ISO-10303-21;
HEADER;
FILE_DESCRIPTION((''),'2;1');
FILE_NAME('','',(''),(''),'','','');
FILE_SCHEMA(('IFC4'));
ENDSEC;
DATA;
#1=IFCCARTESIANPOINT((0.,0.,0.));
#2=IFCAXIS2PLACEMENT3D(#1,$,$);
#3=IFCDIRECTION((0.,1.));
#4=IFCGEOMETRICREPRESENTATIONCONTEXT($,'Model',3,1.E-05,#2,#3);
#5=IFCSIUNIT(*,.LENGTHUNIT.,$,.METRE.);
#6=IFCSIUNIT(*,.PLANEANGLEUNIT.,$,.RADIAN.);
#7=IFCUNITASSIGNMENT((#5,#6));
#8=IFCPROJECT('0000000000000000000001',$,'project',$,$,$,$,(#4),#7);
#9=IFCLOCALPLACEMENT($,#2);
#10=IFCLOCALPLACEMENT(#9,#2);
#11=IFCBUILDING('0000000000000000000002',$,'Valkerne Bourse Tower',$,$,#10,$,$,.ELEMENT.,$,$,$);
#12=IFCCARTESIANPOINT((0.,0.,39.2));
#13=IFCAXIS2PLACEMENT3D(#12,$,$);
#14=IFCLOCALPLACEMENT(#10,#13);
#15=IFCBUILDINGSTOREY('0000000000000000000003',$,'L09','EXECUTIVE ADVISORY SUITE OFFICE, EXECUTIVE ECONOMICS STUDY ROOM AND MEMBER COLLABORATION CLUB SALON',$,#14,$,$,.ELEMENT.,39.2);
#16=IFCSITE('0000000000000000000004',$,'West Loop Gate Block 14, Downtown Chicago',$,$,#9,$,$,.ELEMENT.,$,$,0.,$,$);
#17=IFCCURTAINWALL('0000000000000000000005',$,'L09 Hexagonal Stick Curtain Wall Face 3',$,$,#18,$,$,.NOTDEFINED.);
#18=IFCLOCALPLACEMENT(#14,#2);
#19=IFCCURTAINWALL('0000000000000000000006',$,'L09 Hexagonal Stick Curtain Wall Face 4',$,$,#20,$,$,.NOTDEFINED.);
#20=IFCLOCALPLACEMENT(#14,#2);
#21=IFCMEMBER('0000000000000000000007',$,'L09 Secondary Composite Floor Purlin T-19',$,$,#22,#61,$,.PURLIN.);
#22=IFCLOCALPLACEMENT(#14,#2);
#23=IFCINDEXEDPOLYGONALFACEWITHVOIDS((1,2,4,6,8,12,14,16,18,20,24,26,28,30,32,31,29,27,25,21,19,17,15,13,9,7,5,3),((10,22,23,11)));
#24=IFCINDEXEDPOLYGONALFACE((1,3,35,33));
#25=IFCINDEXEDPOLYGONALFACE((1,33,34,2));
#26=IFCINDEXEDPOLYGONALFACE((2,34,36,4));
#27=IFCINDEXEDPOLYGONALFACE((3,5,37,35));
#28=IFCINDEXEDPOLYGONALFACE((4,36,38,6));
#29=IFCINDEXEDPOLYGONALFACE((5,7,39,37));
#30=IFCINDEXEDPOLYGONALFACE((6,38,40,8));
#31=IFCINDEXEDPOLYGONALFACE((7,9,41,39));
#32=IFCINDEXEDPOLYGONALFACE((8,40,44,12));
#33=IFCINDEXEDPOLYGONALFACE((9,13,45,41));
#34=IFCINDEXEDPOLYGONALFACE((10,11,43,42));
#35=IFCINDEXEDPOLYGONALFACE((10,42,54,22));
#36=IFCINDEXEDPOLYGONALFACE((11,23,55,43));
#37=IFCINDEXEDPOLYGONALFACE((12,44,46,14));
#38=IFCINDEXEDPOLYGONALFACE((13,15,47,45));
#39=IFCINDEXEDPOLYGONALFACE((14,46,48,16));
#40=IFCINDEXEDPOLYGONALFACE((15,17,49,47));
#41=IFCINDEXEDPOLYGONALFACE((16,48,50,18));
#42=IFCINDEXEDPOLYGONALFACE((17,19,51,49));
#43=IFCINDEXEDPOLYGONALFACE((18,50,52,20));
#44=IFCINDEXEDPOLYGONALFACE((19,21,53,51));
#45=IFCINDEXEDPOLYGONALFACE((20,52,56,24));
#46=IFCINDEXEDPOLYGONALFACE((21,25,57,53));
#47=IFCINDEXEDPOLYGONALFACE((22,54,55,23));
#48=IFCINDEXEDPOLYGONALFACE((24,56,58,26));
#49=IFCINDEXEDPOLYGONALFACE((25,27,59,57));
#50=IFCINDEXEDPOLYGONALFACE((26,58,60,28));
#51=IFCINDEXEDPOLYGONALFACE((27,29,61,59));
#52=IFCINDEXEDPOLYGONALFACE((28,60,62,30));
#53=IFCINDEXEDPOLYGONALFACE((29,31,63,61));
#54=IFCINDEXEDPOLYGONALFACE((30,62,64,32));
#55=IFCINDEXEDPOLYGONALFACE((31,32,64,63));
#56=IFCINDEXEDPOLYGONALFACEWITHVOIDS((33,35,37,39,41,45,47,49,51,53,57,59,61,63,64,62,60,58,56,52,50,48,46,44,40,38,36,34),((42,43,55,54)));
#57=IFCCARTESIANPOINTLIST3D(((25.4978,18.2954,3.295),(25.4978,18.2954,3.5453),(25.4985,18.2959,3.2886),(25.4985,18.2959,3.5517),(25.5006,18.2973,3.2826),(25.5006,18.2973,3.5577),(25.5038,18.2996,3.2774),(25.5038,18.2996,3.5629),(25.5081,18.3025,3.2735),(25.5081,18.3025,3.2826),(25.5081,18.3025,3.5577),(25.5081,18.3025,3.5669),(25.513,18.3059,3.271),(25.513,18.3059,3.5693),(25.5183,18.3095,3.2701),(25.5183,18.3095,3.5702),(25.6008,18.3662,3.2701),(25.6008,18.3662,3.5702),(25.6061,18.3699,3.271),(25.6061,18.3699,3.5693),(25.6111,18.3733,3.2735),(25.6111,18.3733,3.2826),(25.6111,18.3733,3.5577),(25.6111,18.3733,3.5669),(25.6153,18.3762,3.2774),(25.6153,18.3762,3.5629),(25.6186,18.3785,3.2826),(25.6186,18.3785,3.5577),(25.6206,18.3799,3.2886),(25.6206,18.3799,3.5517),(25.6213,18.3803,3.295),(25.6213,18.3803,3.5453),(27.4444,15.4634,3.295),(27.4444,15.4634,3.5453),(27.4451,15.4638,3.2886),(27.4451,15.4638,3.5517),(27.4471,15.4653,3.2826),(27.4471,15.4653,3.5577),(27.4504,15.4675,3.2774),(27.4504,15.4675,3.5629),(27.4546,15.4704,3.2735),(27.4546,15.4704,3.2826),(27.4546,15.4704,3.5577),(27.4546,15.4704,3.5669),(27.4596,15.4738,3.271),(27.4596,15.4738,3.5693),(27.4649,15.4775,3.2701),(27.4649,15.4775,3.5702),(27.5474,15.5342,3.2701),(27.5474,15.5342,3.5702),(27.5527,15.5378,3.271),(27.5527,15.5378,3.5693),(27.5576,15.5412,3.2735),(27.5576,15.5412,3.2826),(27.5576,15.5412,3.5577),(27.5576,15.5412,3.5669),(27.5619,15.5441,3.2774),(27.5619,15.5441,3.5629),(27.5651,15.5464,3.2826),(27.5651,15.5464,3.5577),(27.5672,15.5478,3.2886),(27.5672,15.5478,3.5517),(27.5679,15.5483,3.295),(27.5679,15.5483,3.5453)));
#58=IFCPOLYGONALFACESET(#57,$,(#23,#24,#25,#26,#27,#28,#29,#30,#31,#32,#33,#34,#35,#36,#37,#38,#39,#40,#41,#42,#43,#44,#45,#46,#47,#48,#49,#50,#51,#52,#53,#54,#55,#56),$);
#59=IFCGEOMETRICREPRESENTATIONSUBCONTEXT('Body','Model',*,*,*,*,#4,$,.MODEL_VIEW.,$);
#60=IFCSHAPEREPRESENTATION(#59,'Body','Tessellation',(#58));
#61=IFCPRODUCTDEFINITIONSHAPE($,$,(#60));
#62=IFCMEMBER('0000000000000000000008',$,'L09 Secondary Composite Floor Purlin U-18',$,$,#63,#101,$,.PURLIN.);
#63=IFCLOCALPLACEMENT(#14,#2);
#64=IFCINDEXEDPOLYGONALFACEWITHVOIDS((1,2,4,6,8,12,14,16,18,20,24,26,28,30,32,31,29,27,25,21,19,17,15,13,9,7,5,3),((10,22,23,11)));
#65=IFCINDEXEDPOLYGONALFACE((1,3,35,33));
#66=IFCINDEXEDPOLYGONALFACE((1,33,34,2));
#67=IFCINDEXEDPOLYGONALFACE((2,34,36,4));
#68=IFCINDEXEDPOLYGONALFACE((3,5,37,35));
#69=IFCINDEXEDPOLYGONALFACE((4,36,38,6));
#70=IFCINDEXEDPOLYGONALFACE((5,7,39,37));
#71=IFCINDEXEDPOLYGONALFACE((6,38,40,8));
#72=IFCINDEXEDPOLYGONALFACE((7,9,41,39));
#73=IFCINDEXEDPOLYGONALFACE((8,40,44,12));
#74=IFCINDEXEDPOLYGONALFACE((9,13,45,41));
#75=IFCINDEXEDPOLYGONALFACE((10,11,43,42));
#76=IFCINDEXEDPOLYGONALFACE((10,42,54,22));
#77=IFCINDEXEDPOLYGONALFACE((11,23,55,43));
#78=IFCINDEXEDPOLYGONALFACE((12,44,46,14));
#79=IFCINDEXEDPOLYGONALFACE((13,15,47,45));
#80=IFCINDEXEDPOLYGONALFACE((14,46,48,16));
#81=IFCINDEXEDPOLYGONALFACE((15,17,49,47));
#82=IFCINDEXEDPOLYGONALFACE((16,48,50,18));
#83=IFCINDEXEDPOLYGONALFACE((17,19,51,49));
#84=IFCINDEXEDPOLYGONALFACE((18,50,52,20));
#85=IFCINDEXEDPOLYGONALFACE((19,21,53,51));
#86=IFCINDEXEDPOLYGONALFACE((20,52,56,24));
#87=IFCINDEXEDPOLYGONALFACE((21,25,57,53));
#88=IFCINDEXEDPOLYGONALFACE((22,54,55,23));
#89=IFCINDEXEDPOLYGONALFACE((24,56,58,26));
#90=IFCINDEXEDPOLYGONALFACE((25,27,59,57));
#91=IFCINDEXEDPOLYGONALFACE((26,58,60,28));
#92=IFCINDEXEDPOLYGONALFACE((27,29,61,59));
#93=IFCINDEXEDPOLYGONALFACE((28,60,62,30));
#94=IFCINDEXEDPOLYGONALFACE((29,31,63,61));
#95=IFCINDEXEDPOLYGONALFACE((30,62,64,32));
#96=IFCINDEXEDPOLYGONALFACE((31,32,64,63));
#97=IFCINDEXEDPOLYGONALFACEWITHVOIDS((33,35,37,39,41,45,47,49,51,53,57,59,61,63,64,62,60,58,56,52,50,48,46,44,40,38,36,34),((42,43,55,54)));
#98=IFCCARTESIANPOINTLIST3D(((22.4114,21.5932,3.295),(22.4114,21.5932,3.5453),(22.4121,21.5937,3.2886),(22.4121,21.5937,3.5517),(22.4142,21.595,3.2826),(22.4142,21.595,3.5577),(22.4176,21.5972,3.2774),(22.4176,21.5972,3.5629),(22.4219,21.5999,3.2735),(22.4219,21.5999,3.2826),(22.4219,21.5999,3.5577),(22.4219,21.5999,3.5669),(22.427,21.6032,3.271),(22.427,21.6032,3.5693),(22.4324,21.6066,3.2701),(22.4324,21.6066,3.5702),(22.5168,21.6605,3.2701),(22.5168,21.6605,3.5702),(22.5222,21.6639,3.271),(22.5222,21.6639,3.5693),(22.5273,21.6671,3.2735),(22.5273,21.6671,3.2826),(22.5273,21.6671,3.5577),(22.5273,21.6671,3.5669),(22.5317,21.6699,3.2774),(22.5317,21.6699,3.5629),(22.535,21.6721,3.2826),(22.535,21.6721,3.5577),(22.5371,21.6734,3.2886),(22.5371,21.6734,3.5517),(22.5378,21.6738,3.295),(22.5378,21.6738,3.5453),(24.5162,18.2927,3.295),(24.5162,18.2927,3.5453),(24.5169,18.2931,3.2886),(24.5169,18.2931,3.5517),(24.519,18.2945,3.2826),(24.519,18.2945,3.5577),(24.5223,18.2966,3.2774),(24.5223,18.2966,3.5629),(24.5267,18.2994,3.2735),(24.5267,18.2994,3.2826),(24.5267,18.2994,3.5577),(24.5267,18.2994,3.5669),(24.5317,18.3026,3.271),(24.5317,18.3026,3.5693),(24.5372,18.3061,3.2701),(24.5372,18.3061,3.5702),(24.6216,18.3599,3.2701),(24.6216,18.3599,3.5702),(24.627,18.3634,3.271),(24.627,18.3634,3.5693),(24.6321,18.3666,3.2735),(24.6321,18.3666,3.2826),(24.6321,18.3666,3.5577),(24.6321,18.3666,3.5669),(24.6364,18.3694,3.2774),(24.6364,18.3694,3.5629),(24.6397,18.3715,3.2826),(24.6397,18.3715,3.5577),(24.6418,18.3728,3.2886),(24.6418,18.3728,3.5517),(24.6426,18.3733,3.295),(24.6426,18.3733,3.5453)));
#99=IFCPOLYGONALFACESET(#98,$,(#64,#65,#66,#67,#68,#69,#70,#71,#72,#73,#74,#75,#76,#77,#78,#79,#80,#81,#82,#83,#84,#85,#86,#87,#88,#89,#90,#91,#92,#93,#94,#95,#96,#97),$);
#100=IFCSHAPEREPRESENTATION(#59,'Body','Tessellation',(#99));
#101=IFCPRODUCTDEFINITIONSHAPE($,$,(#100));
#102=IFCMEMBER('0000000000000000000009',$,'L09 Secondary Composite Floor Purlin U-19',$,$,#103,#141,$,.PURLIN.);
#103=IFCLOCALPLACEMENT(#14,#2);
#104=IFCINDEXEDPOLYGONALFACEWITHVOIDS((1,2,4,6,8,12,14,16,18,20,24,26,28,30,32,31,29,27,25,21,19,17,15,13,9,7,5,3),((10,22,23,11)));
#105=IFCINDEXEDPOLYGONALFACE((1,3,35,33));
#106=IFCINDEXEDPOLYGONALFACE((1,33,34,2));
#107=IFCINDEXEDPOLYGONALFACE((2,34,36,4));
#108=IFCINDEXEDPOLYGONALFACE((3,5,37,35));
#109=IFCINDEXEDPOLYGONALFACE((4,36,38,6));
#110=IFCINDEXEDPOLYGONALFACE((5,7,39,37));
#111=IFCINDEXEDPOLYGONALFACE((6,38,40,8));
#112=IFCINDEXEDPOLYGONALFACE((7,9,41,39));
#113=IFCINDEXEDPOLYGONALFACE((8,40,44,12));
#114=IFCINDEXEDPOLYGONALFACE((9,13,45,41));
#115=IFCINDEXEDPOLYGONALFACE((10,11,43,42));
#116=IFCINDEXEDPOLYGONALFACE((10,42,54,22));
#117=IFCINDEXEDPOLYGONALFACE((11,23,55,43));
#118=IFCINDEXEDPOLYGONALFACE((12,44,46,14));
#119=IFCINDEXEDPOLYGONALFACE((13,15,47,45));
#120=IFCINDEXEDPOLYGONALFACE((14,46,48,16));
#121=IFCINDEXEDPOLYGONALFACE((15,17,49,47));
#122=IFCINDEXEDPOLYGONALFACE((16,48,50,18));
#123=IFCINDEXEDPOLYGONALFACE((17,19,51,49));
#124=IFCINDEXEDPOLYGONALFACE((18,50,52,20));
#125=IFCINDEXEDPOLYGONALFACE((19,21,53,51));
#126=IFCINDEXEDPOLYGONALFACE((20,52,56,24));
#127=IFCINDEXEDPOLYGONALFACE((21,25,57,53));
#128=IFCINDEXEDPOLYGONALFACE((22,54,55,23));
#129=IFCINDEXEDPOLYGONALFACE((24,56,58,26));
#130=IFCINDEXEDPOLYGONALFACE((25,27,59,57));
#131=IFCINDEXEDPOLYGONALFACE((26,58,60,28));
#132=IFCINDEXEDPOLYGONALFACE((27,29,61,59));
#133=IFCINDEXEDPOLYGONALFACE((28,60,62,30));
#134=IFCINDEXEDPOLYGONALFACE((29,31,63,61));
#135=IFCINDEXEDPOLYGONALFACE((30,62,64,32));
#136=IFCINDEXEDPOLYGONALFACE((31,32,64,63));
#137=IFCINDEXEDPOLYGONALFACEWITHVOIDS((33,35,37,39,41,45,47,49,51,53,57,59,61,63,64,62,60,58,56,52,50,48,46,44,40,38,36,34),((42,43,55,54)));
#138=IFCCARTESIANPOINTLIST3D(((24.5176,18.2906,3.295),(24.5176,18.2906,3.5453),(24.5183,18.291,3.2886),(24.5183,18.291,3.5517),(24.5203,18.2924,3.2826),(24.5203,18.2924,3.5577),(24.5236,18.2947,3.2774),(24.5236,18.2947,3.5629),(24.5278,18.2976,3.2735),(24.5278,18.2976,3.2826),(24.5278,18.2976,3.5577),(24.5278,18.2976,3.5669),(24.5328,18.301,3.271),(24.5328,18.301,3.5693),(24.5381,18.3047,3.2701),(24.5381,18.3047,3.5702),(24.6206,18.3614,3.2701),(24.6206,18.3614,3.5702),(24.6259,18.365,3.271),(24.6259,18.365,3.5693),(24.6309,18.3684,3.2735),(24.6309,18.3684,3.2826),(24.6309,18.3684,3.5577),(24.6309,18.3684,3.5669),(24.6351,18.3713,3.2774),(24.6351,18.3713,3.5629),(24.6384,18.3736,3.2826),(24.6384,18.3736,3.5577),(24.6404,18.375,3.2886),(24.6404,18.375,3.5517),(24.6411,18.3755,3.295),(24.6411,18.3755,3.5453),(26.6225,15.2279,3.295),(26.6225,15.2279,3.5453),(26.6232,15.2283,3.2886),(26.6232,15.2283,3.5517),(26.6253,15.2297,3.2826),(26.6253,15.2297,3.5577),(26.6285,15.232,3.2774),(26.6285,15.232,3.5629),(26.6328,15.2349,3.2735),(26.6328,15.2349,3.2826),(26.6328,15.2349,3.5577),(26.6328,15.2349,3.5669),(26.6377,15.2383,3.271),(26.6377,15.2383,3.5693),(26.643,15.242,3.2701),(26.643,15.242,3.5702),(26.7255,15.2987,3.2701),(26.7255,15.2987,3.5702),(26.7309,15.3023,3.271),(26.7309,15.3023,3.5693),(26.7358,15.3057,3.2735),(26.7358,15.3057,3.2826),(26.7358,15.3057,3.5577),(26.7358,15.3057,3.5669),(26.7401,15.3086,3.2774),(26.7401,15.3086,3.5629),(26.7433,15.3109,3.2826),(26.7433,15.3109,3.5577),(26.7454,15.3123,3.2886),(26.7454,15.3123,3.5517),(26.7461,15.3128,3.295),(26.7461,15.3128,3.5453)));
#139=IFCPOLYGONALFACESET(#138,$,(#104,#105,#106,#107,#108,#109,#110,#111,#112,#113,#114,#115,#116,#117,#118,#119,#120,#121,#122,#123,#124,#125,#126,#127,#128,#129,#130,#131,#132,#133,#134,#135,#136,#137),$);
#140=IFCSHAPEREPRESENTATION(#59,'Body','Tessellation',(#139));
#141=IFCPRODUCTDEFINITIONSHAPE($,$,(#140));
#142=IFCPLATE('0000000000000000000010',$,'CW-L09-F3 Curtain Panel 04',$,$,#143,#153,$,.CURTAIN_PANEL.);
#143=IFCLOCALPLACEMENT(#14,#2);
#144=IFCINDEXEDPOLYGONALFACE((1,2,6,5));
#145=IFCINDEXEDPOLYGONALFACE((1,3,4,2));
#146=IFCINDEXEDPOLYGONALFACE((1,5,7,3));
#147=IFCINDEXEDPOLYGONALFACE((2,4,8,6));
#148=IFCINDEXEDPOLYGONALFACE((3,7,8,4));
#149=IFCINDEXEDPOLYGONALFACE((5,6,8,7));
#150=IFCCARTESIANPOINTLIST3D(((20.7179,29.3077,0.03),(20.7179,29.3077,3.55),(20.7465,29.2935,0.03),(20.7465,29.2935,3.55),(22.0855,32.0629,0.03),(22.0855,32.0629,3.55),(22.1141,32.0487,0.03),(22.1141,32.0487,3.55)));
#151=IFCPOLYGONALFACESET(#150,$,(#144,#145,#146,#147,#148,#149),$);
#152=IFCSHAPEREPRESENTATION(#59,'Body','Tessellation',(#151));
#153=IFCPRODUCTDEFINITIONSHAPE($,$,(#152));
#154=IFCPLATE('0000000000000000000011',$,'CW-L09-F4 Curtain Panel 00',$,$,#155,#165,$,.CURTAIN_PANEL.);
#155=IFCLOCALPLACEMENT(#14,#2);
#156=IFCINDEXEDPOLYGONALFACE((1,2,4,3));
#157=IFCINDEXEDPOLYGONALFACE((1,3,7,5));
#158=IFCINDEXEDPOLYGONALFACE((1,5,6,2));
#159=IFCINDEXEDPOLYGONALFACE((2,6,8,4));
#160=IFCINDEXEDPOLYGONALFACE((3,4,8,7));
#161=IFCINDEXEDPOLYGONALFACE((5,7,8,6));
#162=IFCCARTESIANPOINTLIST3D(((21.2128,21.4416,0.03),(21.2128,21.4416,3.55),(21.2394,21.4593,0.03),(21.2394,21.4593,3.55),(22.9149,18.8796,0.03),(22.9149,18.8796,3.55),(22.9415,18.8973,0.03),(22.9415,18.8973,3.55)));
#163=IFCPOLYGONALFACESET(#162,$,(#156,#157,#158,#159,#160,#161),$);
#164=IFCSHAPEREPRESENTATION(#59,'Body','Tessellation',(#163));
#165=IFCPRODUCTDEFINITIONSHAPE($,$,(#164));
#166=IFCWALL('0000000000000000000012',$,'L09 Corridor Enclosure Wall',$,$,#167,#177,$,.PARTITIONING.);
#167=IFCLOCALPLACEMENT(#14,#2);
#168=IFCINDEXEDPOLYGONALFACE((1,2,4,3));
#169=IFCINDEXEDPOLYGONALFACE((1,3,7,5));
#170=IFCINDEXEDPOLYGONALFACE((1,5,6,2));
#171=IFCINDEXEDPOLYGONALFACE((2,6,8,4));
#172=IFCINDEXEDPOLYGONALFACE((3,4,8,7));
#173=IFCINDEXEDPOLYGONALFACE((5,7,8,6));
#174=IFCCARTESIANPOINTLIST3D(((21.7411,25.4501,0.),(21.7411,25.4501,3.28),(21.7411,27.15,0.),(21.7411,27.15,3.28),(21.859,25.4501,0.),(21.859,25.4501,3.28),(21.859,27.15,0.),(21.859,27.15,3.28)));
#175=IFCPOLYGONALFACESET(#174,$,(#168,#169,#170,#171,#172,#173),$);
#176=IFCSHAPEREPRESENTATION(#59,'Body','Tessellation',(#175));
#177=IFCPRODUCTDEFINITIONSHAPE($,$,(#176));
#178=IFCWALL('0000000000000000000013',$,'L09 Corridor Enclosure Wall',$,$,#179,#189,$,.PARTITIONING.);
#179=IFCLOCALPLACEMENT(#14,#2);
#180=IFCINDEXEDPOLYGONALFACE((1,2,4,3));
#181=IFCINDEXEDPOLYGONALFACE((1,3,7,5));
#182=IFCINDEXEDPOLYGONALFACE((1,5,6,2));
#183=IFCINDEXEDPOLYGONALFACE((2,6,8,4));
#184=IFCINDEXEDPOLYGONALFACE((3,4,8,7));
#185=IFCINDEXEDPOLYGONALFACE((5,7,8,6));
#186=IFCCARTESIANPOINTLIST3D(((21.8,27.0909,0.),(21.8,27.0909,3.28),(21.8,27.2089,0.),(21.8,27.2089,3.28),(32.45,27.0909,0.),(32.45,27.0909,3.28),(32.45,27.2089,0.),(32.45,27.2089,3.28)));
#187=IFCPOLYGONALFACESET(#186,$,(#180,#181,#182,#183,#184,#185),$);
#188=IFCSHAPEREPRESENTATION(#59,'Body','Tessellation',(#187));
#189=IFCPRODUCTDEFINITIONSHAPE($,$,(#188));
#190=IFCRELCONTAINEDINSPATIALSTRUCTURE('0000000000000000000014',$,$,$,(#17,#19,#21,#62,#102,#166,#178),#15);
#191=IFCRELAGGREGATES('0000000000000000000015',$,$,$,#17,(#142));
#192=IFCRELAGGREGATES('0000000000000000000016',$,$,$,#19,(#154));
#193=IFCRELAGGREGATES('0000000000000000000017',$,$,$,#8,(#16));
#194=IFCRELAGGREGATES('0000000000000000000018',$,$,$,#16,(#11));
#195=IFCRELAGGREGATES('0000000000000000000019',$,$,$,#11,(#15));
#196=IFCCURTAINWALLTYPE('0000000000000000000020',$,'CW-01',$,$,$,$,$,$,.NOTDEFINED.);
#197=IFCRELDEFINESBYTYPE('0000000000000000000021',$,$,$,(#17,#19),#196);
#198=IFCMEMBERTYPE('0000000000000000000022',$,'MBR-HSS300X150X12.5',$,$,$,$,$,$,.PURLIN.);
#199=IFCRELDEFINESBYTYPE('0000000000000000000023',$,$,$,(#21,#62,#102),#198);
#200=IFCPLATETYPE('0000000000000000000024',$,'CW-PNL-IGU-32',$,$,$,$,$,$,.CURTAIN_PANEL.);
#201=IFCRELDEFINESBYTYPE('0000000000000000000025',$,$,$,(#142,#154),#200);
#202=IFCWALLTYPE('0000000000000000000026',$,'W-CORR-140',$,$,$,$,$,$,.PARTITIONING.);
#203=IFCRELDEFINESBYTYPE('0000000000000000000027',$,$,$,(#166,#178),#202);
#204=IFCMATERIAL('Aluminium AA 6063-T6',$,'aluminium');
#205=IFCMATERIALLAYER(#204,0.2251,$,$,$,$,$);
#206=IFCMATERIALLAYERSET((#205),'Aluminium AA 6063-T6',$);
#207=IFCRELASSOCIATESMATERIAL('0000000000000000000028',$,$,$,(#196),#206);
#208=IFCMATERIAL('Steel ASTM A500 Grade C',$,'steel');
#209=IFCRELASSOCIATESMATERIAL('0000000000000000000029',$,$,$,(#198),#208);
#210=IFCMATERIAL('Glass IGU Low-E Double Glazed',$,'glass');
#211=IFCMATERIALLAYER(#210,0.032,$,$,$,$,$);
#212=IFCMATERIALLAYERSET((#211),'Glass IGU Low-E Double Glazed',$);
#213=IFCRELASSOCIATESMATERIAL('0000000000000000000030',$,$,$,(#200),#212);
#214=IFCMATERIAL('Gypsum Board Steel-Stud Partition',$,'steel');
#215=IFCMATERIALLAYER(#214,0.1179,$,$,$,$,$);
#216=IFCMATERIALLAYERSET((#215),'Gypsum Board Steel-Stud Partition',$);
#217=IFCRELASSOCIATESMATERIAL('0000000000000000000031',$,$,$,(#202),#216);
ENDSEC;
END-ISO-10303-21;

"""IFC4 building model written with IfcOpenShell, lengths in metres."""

from ifc_helpers import new_model, si_unit, direction, frame, frame_2d, origin, origin_2d, place, context, subcontext, project, spatial, rectangle, hollow_rectangle, extrude, material, layer, layer_set, material_profile, profile_set, type_object, element, aggregate, save


model = new_model("IFC4")

# Units and contexts
model_context = context("Model", 3, precision=1e-05, world=origin(), true_north=direction((0.0, 1.0)))
body_context = subcontext(model_context, "Body", "Model", "MODEL_VIEW")
ifc_project = project(units=[si_unit("LENGTHUNIT", "METRE"), si_unit("PLANEANGLEUNIT", "RADIAN")], contexts=[model_context])

# Site, building, storey
site_placement = place(None, origin())
site = spatial("IfcSite", under=ifc_project, at=site_placement, Name="West Loop Gate Block 14, Downtown Chicago", CompositionType="ELEMENT", RefElevation=0.0)
building_placement = place(site_placement, origin())
building = spatial("IfcBuilding", under=site, at=building_placement, Name="Valkerne Bourse Tower", CompositionType="ELEMENT")
storey_placement = place(building_placement, frame((0.0, 0.0, 39.2)))
storey = spatial("IfcBuildingStorey", under=building, at=storey_placement, Name="L09", Description="EXECUTIVE ADVISORY SUITE OFFICE, EXECUTIVE ECONOMICS STUDY ROOM AND MEMBER COLLABORATION CLUB SALON", CompositionType="ELEMENT", Elevation=39.2)

# Curtain walls
ifc_material_1 = material(Name="Aluminium AA 6063-T6", Category="aluminium")
ifc_layer_1 = layer(ifc_material_1, 0.2251)
ifc_layer_set_1 = layer_set([ifc_layer_1], Name="Aluminium AA 6063-T6")
curtain_wall_type = type_object("IfcCurtainWallType", Name="CW-01", PredefinedType="NOTDEFINED", material=ifc_layer_set_1)
curtain_wall_1_placement = place(storey_placement, origin())
curtain_wall_1 = element("IfcCurtainWall", 1, at=curtain_wall_1_placement, inside=storey, type_object=curtain_wall_type, Name="L09 Hexagonal Stick Curtain Wall Face 3", PredefinedType="NOTDEFINED")
curtain_wall_2_placement = place(storey_placement, origin())
curtain_wall_2 = element("IfcCurtainWall", 2, at=curtain_wall_2_placement, inside=storey, type_object=curtain_wall_type, Name="L09 Hexagonal Stick Curtain Wall Face 4", PredefinedType="NOTDEFINED")

# Members
ifc_material_2 = material(Name="Steel ASTM A500 Grade C", Category="steel")
ifc_material_profile_1 = material_profile(ifc_material_2, hollow_rectangle(XDim=0.1499, YDim=0.3, WallThickness=0.0125, OuterFilletRadius=0.0249, at=origin_2d()), Name="HSS300X150X12.5")
ifc_profile_set_1 = profile_set([ifc_material_profile_1], Name="Steel ASTM A500 Grade C")
member_type_1 = type_object("IfcMemberType", Name="MBR-HSS300X150X12.5", PredefinedType="PURLIN", material=ifc_profile_set_1)
member_1_placement = place(storey_placement, frame((25.5596, 18.3379, 3.4202), z_axis=(0.566432, -0.824108, 0.0), x_axis=(0.824108, 0.566432, 0.0)))
element("IfcMember", 3, at=member_1_placement, inside=storey, type_object=member_type_1, Name="L09 Secondary Composite Floor Purlin T-19", PredefinedType="PURLIN", context=body_context, shape_type="SweptSolid", body=[
    extrude(hollow_rectangle(XDim=0.1499, YDim=0.3, WallThickness=0.0125, OuterFilletRadius=0.0249, at=origin_2d()), origin(), (0.0, 0.0, 1.0), 3.4365),
])
member_2_placement = place(storey_placement, frame((22.4746, 21.6335, 3.4202), z_axis=(0.537674, -0.843153, 0.0), x_axis=(0.843153, 0.537674, 0.0)))
element("IfcMember", 4, at=member_2_placement, inside=storey, type_object=member_type_1, Name="L09 Secondary Composite Floor Purlin U-18", PredefinedType="PURLIN", context=body_context, shape_type="SweptSolid", body=[
    extrude(hollow_rectangle(XDim=0.1499, YDim=0.3, WallThickness=0.0125, OuterFilletRadius=0.0249, at=origin_2d()), origin(), (0.0, 0.0, 1.0), 3.9146),
])
member_3_placement = place(storey_placement, frame((24.5793, 18.333, 3.4202), z_axis=(0.566409, -0.824124, 0.0), x_axis=(0.824124, 0.566409, 0.0)))
element("IfcMember", 5, at=member_3_placement, inside=storey, type_object=member_type_1, Name="L09 Secondary Composite Floor Purlin U-19", PredefinedType="PURLIN", context=body_context, shape_type="SweptSolid", body=[
    extrude(hollow_rectangle(XDim=0.1499, YDim=0.3, WallThickness=0.0125, OuterFilletRadius=0.0249, at=origin_2d()), origin(), (0.0, 0.0, 1.0), 3.7163),
])

# Plates
ifc_material_3 = material(Name="Glass IGU Low-E Double Glazed", Category="glass")
ifc_layer_2 = layer(ifc_material_3, 0.032)
ifc_layer_set_2 = layer_set([ifc_layer_2], Name="Glass IGU Low-E Double Glazed")
plate_type = type_object("IfcPlateType", Name="CW-PNL-IGU-32", PredefinedType="CURTAIN_PANEL", material=ifc_layer_set_2)
plate_1_placement = place(storey_placement, frame((21.416, 30.6782, 0.03), z_axis=(0.0, 0.0, 1.0), x_axis=(-0.444619, -0.89572, 0.0)))
plate_1 = element("IfcPlate", 6, at=plate_1_placement, type_object=plate_type, Name="CW-L09-F3 Curtain Panel 04", PredefinedType="CURTAIN_PANEL", context=body_context, shape_type="SweptSolid", body=[
    extrude(rectangle(XDim=3.0759, YDim=0.032, at=origin_2d()), origin(), (0.0, 0.0, 1.0), 3.52),
])
aggregate(curtain_wall_1, [plate_1])
plate_2_placement = place(storey_placement, frame((22.0771, 20.1694, 0.03), z_axis=(0.0, 0.0, 1.0), x_axis=(0.553377, -0.832931, 0.0)))
plate_2 = element("IfcPlate", 7, at=plate_2_placement, type_object=plate_type, Name="CW-L09-F4 Curtain Panel 00", PredefinedType="CURTAIN_PANEL", context=body_context, shape_type="SweptSolid", body=[
    extrude(rectangle(XDim=3.0759, YDim=0.032, at=origin_2d()), origin(), (0.0, 0.0, 1.0), 3.52),
])
aggregate(curtain_wall_2, [plate_2])

# Walls
ifc_material_4 = material(Name="Gypsum Board Steel-Stud Partition", Category="steel")
ifc_layer_3 = layer(ifc_material_4, 0.1179)
ifc_layer_set_3 = layer_set([ifc_layer_3], Name="Gypsum Board Steel-Stud Partition")
wall_type = type_object("IfcWallType", Name="W-CORR-140", PredefinedType="PARTITIONING", material=ifc_layer_set_3)
wall_1_placement = place(storey_placement, frame((21.8, 25.45, 0.0), z_axis=(0.0, 0.0, 1.0), x_axis=(0.0, 1.0, 0.0)))
element("IfcWall", 8, at=wall_1_placement, inside=storey, type_object=wall_type, Name="L09 Corridor Enclosure Wall", PredefinedType="PARTITIONING", context=body_context, shape_type="SweptSolid", body=[
    extrude(rectangle(XDim=1.7, YDim=0.1179, at=frame_2d((0.8501, 0.0))), origin(), (0.0, 0.0, 1.0), 3.28),
])
wall_2_placement = place(storey_placement, frame((21.8, 27.1499, 0.0), z_axis=(0.0, 0.0, 1.0), x_axis=(1.0, 0.0, 0.0)))
element("IfcWall", 9, at=wall_2_placement, inside=storey, type_object=wall_type, Name="L09 Corridor Enclosure Wall", PredefinedType="PARTITIONING", context=body_context, shape_type="SweptSolid", body=[
    extrude(rectangle(XDim=10.6499, YDim=0.1179, at=frame_2d((5.325, 0.0))), origin(), (0.0, 0.0, 1.0), 3.28),
])

save(model, "model.ifc")
